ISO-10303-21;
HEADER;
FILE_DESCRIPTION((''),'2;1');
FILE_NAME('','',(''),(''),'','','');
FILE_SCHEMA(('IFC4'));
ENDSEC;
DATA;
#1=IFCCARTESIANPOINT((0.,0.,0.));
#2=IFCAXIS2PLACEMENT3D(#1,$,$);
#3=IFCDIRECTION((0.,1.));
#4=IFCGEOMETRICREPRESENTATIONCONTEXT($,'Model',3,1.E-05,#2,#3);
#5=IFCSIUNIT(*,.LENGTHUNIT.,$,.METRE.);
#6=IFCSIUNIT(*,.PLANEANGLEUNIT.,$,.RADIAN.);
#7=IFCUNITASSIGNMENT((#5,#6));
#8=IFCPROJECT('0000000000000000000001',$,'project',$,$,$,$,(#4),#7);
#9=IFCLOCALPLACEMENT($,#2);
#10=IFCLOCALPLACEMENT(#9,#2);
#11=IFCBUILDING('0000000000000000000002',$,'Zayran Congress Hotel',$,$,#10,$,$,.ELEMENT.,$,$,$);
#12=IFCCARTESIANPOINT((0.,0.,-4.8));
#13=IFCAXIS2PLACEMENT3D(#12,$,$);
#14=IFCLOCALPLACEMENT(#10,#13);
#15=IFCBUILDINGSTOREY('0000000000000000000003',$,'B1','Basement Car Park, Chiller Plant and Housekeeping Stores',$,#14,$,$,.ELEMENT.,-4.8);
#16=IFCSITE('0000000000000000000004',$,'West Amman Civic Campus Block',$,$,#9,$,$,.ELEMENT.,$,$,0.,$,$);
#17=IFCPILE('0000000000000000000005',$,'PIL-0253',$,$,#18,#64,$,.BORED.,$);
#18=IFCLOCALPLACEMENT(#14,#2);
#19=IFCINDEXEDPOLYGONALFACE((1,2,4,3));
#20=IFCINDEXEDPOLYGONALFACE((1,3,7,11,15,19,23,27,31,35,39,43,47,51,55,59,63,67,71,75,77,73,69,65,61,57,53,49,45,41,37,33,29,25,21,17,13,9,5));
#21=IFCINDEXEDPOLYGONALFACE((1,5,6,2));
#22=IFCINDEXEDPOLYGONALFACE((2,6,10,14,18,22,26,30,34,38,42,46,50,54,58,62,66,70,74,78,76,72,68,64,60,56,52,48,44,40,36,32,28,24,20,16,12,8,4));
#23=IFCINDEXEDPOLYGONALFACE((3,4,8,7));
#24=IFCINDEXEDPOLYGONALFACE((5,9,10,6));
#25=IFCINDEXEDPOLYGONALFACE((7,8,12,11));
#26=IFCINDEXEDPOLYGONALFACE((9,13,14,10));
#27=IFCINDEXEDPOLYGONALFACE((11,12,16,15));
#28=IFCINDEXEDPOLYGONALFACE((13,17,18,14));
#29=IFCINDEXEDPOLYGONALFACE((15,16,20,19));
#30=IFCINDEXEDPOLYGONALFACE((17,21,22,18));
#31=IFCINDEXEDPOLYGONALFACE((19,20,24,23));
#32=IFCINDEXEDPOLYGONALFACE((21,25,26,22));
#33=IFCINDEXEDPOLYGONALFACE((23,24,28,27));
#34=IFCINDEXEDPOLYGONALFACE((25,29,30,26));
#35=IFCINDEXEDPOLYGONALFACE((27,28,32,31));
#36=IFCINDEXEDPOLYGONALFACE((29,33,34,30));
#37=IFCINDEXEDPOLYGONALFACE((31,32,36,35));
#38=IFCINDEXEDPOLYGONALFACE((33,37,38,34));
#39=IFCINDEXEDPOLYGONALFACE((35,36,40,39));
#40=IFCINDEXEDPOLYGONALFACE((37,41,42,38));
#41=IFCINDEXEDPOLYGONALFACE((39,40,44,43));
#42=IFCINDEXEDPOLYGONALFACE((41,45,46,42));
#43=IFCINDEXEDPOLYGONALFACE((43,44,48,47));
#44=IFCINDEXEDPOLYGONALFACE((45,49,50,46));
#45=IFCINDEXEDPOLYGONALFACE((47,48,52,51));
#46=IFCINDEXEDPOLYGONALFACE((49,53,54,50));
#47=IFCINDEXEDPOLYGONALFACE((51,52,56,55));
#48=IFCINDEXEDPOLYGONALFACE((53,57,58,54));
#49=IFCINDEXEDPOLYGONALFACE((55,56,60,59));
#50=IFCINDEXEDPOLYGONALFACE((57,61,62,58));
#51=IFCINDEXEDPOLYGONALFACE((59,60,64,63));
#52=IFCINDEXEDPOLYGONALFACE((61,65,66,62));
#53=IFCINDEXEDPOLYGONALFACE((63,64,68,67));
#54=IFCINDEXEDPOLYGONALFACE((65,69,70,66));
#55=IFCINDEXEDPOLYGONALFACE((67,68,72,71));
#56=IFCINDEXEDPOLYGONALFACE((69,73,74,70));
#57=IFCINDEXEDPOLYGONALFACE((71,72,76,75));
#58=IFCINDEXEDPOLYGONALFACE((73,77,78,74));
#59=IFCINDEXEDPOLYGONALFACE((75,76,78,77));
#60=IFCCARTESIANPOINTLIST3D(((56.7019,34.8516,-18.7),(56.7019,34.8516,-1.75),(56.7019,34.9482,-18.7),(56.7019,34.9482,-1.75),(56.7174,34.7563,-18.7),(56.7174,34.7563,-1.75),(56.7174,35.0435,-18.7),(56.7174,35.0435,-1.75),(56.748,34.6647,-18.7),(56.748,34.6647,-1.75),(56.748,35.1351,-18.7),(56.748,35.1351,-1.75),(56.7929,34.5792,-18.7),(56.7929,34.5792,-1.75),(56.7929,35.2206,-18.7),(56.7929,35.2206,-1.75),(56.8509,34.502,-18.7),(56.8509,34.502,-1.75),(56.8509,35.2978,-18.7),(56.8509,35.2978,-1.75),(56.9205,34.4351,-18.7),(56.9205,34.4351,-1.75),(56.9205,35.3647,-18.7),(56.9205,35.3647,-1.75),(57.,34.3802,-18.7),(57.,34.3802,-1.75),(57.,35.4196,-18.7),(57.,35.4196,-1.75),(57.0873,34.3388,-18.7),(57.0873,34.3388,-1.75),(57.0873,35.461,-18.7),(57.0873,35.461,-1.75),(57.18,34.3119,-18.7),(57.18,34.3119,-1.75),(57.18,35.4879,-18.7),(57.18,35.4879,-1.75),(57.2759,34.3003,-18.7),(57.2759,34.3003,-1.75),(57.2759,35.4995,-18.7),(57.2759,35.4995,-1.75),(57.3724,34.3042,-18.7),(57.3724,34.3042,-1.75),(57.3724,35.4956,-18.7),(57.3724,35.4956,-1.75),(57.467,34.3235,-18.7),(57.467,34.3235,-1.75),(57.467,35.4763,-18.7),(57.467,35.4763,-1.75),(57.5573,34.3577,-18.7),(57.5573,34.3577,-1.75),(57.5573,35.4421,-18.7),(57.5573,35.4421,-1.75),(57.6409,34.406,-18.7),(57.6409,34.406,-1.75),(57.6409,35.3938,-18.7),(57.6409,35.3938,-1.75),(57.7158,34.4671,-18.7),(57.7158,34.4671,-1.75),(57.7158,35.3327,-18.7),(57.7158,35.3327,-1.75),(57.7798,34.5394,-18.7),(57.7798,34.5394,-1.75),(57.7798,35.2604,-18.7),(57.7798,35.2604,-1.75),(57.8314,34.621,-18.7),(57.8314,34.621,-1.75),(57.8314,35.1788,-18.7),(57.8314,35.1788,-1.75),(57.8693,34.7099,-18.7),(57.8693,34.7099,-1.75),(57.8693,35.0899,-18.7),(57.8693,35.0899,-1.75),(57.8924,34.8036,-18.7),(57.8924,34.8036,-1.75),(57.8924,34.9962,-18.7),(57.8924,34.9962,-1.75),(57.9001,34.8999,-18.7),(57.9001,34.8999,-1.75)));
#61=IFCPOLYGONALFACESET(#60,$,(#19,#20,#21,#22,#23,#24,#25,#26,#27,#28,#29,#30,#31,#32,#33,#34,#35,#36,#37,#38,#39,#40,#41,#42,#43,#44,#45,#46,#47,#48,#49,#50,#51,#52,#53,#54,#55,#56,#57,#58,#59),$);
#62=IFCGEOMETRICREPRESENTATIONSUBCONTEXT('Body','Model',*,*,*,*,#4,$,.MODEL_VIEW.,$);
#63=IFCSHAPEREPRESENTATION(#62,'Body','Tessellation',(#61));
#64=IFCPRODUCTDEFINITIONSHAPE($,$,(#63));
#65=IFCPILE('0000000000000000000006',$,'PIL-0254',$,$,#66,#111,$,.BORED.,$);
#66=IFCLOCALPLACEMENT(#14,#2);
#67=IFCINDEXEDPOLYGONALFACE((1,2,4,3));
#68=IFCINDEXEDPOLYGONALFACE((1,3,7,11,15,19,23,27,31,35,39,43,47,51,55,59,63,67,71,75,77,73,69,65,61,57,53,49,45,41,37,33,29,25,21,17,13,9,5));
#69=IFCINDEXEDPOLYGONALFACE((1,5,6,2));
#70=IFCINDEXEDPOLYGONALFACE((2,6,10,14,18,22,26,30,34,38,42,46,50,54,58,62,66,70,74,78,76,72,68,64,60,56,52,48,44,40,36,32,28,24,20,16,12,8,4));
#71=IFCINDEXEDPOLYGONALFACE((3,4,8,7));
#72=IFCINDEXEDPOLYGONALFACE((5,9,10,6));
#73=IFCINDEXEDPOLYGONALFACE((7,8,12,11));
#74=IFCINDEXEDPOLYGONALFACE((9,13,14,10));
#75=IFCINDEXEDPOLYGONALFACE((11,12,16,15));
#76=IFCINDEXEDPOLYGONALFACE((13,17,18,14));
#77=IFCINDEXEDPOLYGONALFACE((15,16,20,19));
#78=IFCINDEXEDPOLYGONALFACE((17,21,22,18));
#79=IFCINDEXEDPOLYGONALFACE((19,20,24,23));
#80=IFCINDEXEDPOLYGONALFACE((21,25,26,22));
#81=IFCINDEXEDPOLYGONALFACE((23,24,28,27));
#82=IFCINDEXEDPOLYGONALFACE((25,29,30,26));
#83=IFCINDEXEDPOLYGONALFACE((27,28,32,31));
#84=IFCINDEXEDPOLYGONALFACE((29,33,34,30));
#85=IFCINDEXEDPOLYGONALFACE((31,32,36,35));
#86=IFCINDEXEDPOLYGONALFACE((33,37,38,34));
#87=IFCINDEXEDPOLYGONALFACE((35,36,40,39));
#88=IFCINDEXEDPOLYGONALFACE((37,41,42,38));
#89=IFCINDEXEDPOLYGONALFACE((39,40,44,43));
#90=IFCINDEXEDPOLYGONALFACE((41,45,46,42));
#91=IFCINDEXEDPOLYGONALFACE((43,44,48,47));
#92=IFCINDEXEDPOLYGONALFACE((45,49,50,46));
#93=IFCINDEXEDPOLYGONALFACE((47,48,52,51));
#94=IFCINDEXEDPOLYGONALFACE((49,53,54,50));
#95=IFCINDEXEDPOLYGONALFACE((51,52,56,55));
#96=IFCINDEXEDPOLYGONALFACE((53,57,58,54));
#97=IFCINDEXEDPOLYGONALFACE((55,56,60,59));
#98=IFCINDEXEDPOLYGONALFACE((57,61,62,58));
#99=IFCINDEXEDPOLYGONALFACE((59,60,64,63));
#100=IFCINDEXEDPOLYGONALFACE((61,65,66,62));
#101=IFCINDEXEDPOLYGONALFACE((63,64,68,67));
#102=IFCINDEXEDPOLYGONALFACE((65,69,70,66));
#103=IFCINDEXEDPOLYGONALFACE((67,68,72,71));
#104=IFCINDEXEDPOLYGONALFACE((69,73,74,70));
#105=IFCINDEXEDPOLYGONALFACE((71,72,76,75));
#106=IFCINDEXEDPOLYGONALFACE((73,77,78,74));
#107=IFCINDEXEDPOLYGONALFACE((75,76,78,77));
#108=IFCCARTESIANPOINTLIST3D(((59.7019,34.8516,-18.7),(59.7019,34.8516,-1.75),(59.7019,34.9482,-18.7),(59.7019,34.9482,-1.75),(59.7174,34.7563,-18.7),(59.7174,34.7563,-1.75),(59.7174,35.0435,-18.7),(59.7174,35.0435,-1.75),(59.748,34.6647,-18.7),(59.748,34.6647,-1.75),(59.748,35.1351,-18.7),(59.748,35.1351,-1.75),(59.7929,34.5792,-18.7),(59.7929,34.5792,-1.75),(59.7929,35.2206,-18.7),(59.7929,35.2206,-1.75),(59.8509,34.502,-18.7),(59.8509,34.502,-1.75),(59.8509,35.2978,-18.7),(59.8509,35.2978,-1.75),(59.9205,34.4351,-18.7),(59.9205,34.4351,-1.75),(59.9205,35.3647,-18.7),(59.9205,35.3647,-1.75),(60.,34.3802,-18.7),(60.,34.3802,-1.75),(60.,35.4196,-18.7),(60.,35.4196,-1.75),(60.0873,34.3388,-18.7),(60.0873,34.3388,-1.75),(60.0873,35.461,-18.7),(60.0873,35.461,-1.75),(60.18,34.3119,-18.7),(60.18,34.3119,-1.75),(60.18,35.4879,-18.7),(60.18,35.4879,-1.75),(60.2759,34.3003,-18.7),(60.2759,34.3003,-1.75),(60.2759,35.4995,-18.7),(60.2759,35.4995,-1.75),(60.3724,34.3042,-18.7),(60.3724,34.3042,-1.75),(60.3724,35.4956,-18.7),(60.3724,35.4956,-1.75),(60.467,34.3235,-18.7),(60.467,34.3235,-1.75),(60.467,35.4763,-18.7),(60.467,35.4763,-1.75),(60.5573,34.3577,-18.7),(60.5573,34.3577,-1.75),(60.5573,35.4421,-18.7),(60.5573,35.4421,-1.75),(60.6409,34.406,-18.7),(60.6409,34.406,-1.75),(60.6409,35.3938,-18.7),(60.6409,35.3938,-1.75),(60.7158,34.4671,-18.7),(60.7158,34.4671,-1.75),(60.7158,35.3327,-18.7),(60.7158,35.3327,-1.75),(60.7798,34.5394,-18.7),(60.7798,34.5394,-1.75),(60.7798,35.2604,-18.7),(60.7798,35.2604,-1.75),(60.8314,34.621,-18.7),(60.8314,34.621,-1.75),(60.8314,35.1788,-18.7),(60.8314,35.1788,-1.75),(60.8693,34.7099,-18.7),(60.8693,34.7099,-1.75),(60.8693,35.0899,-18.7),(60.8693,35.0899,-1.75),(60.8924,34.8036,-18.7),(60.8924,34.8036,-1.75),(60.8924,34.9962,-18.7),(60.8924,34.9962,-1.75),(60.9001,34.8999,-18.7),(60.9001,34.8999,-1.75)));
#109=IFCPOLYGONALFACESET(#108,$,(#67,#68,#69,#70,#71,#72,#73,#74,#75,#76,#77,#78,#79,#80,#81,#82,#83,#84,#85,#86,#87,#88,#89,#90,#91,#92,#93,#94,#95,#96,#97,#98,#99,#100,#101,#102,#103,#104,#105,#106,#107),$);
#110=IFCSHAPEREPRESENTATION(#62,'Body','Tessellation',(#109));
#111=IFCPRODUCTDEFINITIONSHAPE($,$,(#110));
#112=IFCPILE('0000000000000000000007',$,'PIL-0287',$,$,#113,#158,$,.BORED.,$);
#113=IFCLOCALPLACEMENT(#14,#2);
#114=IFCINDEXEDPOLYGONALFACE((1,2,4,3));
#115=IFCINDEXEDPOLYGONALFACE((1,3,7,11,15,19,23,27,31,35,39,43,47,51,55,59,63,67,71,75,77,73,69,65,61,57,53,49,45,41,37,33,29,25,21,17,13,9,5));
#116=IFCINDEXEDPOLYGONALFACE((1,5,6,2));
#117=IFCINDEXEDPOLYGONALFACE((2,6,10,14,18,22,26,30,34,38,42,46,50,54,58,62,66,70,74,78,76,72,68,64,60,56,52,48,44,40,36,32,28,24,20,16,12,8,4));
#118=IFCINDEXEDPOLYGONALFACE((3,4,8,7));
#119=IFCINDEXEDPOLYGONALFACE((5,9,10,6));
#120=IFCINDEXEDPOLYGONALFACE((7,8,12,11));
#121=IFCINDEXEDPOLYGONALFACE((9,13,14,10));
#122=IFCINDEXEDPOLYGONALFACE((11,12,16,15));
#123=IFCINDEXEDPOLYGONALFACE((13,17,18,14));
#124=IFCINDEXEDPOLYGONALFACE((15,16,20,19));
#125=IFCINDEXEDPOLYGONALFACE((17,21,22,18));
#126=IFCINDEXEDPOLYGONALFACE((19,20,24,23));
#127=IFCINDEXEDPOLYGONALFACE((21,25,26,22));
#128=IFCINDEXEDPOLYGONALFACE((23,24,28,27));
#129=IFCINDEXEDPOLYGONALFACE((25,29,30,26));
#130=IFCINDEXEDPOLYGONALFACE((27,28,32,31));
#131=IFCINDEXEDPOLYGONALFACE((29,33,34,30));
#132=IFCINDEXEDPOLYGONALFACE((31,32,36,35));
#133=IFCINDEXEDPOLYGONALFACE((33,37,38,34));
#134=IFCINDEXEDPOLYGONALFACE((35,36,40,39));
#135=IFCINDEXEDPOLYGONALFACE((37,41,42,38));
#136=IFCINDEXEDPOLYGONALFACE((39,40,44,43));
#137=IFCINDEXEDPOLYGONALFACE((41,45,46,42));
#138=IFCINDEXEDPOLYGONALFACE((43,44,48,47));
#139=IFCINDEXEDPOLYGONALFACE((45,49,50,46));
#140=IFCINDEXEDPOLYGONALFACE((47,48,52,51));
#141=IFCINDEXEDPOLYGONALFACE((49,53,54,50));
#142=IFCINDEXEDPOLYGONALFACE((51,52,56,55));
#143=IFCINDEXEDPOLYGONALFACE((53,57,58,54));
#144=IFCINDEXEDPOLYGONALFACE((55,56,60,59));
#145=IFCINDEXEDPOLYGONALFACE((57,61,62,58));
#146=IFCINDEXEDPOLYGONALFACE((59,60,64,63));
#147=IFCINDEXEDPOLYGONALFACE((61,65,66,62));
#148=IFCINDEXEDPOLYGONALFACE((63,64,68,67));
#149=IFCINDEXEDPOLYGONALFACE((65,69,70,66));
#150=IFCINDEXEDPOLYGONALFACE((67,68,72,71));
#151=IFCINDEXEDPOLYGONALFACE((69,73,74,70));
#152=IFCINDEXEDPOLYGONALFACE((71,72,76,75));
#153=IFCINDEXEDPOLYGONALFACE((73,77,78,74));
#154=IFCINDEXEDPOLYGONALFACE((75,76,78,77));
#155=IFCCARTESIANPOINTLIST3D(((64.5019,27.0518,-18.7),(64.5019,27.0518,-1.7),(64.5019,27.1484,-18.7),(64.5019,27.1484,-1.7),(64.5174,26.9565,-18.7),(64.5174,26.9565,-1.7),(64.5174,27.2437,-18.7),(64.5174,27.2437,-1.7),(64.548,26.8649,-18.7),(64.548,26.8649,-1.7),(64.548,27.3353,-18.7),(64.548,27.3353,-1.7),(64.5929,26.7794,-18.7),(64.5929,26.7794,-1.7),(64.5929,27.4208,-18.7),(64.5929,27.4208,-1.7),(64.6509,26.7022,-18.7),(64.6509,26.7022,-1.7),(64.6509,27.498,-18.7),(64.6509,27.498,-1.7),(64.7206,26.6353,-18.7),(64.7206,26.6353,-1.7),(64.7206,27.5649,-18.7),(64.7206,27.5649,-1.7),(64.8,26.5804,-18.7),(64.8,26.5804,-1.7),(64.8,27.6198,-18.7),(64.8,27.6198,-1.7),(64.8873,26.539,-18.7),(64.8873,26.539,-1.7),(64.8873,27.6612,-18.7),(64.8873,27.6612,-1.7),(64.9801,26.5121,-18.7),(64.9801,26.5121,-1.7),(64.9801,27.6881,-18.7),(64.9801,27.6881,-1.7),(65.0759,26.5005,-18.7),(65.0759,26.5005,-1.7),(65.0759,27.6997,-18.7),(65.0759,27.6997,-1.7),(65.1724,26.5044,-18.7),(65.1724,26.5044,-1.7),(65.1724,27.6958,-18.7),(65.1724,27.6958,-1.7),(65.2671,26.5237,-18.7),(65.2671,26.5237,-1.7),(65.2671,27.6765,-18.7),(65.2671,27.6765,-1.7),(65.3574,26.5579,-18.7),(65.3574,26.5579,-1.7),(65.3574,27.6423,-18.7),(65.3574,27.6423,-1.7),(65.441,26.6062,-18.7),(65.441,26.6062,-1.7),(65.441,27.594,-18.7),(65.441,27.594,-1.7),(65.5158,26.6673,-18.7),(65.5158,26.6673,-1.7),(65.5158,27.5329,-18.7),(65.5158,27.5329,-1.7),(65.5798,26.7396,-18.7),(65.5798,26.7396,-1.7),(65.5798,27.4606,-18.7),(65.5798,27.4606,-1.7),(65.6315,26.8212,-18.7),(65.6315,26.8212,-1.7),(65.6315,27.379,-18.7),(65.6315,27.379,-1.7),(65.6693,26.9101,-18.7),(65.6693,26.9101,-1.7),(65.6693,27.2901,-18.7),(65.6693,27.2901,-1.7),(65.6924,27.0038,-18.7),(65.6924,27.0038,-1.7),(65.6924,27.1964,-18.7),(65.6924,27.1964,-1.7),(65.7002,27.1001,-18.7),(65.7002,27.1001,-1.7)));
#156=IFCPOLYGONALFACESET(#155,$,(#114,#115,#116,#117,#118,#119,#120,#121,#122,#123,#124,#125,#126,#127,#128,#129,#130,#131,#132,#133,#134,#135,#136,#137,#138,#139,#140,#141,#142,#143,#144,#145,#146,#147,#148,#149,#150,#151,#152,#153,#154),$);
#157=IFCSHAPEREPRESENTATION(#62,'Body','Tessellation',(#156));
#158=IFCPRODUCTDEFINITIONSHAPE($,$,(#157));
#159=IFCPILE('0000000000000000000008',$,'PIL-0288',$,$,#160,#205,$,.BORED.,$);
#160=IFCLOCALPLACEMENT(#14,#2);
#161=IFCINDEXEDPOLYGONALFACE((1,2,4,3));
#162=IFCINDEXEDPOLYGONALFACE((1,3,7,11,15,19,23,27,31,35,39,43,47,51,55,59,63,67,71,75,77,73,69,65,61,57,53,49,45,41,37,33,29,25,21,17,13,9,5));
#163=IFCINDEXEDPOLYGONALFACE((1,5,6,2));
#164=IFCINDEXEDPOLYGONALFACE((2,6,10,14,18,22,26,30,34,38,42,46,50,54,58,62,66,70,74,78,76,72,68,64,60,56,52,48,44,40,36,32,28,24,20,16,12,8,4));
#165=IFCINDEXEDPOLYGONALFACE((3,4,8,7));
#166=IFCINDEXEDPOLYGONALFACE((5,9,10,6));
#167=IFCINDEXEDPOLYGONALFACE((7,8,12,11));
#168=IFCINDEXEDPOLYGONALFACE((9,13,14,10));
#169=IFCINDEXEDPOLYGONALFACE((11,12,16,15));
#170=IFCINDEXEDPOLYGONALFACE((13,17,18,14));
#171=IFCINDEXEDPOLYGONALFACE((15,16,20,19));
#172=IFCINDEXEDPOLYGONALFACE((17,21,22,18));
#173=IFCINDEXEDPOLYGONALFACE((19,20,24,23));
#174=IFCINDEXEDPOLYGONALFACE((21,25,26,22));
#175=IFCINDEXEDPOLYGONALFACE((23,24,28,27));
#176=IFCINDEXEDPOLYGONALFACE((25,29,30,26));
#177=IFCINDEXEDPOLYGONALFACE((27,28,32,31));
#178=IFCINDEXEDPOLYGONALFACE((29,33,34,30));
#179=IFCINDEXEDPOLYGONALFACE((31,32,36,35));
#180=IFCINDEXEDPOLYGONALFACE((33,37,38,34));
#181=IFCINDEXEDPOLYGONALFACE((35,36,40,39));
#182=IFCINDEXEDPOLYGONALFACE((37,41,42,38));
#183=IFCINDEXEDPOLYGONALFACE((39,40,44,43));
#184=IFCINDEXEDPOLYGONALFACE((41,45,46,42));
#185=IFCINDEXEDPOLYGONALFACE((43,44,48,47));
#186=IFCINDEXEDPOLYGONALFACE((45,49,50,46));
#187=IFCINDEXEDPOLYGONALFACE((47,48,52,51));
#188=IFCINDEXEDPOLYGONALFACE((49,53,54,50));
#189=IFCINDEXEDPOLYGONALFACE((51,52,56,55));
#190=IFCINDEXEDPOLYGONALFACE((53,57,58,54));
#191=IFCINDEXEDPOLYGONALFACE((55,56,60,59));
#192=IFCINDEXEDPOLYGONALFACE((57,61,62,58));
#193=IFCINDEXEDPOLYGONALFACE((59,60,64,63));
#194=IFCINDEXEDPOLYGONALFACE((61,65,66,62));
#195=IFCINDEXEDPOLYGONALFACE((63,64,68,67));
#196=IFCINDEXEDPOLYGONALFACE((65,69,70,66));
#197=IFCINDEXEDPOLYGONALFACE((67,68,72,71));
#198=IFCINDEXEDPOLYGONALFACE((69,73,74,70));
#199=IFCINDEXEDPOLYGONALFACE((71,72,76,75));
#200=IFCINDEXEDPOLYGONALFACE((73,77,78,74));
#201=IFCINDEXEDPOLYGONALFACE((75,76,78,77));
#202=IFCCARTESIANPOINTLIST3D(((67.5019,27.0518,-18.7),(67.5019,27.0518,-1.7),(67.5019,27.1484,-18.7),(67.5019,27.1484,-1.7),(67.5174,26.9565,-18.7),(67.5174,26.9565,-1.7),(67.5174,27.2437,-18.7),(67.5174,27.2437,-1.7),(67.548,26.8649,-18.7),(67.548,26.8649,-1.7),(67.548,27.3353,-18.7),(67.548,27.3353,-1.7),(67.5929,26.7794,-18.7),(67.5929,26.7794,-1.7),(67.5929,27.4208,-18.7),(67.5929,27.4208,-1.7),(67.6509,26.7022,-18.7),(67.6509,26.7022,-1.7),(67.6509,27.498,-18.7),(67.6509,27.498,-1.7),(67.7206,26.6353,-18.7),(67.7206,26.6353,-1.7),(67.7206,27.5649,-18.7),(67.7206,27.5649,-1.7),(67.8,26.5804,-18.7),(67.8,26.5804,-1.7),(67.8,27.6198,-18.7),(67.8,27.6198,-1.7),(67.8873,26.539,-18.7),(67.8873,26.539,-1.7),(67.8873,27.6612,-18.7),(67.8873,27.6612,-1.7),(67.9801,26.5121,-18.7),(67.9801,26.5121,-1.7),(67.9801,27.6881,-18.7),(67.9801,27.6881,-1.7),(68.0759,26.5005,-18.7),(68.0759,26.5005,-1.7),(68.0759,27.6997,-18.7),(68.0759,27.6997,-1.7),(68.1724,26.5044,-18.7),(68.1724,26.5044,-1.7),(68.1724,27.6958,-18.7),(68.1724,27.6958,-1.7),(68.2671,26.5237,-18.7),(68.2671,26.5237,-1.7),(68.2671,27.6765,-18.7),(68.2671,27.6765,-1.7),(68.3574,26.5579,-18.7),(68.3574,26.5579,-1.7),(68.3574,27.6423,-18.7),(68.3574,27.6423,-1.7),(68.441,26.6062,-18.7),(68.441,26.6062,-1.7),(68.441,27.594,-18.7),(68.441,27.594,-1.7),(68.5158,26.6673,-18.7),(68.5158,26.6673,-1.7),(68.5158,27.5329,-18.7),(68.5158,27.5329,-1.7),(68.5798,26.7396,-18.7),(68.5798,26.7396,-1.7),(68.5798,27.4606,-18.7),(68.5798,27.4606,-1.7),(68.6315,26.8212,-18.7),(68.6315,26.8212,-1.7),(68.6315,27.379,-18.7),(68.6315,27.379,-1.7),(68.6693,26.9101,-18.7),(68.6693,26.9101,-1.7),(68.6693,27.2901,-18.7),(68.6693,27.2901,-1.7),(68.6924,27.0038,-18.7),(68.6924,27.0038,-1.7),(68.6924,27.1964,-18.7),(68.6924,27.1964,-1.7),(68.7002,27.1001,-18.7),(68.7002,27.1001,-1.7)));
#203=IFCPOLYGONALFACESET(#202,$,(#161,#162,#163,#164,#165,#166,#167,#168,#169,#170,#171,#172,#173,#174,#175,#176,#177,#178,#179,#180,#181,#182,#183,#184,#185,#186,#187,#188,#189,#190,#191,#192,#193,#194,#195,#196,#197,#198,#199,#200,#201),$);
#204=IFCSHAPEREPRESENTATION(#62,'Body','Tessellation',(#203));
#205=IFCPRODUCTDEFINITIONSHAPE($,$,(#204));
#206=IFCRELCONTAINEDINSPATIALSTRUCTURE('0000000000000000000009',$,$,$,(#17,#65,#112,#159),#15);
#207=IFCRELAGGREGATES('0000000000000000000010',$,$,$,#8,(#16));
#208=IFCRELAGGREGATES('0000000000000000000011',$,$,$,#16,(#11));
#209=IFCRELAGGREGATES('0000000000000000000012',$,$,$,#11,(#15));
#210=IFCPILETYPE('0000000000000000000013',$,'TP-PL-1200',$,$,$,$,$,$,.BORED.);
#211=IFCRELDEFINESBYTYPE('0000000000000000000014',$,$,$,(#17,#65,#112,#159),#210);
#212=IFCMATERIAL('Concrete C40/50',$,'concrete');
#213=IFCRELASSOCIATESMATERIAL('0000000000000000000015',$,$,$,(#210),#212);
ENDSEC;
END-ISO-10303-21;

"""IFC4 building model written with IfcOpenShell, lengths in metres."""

from ifc_helpers import new_model, si_unit, direction, frame, origin, origin_2d, place, context, subcontext, project, spatial, circle, extrude, material, material_profile, profile_set, type_object, element, save


model = new_model("IFC4")

# Units and contexts
model_context = context("Model", 3, precision=1e-05, world=origin(), true_north=direction((0.0, 1.0)))
body_context = subcontext(model_context, "Body", "Model", "MODEL_VIEW")
ifc_project = project(units=[si_unit("LENGTHUNIT", "METRE"), si_unit("PLANEANGLEUNIT", "RADIAN")], contexts=[model_context])

# Site, building, storey
site_placement = place(None, origin())
site = spatial("IfcSite", under=ifc_project, at=site_placement, Name="West Amman Civic Campus Block", CompositionType="ELEMENT", RefElevation=0.0)
building_placement = place(site_placement, origin())
building = spatial("IfcBuilding", under=site, at=building_placement, Name="Zayran Congress Hotel", CompositionType="ELEMENT")
storey_placement = place(building_placement, frame((0.0, 0.0, -4.8)))
storey = spatial("IfcBuildingStorey", under=building, at=storey_placement, Name="B1", Description="Basement Car Park, Chiller Plant and Housekeeping Stores", CompositionType="ELEMENT", Elevation=-4.8)

# Piles
ifc_material_1 = material(Name="Concrete C40/50", Category="concrete")
ifc_material_profile_1 = material_profile(ifc_material_1, circle(Radius=0.6001, at=origin_2d()), Name="PILE D1200")
ifc_profile_set_1 = profile_set([ifc_material_profile_1], Name="Concrete C40/50")
pile_type = type_object("IfcPileType", Name="TP-PL-1200", PredefinedType="BORED", material=ifc_profile_set_1)
for number, where, z_axis, x_axis, name in (
    (1, (57.3, 34.8999, -1.75), (0.0, 0.0, -1.0), (1.0, 0.0, 0.0), "PIL-0253"),
    (2, (60.3, 34.8999, -1.75), (0.0, 0.0, -1.0), (1.0, 0.0, 0.0), "PIL-0254"),
):
    element("IfcPile", number, at=place(storey_placement, frame(where, z_axis=z_axis, x_axis=x_axis)), inside=storey, type_object=pile_type, Name=name, PredefinedType="BORED", context=body_context, shape_type="SweptSolid", body=[
        extrude(circle(Radius=0.6001, at=origin_2d()), origin(), (0.0, 0.0, 1.0), 16.95),
    ])
for number, where, z_axis, x_axis, name in (
    (3, (65.1001, 27.1001, -1.7), (0.0, 0.0, -1.0), (1.0, 0.0, 0.0), "PIL-0287"),
    (4, (68.1001, 27.1001, -1.7), (0.0, 0.0, -1.0), (1.0, 0.0, 0.0), "PIL-0288"),
):
    element("IfcPile", number, at=place(storey_placement, frame(where, z_axis=z_axis, x_axis=x_axis)), inside=storey, type_object=pile_type, Name=name, PredefinedType="BORED", context=body_context, shape_type="SweptSolid", body=[
        extrude(circle(Radius=0.6001, at=origin_2d()), origin(), (0.0, 0.0, 1.0), 17.0),
    ])

save(model, "model.ifc")
